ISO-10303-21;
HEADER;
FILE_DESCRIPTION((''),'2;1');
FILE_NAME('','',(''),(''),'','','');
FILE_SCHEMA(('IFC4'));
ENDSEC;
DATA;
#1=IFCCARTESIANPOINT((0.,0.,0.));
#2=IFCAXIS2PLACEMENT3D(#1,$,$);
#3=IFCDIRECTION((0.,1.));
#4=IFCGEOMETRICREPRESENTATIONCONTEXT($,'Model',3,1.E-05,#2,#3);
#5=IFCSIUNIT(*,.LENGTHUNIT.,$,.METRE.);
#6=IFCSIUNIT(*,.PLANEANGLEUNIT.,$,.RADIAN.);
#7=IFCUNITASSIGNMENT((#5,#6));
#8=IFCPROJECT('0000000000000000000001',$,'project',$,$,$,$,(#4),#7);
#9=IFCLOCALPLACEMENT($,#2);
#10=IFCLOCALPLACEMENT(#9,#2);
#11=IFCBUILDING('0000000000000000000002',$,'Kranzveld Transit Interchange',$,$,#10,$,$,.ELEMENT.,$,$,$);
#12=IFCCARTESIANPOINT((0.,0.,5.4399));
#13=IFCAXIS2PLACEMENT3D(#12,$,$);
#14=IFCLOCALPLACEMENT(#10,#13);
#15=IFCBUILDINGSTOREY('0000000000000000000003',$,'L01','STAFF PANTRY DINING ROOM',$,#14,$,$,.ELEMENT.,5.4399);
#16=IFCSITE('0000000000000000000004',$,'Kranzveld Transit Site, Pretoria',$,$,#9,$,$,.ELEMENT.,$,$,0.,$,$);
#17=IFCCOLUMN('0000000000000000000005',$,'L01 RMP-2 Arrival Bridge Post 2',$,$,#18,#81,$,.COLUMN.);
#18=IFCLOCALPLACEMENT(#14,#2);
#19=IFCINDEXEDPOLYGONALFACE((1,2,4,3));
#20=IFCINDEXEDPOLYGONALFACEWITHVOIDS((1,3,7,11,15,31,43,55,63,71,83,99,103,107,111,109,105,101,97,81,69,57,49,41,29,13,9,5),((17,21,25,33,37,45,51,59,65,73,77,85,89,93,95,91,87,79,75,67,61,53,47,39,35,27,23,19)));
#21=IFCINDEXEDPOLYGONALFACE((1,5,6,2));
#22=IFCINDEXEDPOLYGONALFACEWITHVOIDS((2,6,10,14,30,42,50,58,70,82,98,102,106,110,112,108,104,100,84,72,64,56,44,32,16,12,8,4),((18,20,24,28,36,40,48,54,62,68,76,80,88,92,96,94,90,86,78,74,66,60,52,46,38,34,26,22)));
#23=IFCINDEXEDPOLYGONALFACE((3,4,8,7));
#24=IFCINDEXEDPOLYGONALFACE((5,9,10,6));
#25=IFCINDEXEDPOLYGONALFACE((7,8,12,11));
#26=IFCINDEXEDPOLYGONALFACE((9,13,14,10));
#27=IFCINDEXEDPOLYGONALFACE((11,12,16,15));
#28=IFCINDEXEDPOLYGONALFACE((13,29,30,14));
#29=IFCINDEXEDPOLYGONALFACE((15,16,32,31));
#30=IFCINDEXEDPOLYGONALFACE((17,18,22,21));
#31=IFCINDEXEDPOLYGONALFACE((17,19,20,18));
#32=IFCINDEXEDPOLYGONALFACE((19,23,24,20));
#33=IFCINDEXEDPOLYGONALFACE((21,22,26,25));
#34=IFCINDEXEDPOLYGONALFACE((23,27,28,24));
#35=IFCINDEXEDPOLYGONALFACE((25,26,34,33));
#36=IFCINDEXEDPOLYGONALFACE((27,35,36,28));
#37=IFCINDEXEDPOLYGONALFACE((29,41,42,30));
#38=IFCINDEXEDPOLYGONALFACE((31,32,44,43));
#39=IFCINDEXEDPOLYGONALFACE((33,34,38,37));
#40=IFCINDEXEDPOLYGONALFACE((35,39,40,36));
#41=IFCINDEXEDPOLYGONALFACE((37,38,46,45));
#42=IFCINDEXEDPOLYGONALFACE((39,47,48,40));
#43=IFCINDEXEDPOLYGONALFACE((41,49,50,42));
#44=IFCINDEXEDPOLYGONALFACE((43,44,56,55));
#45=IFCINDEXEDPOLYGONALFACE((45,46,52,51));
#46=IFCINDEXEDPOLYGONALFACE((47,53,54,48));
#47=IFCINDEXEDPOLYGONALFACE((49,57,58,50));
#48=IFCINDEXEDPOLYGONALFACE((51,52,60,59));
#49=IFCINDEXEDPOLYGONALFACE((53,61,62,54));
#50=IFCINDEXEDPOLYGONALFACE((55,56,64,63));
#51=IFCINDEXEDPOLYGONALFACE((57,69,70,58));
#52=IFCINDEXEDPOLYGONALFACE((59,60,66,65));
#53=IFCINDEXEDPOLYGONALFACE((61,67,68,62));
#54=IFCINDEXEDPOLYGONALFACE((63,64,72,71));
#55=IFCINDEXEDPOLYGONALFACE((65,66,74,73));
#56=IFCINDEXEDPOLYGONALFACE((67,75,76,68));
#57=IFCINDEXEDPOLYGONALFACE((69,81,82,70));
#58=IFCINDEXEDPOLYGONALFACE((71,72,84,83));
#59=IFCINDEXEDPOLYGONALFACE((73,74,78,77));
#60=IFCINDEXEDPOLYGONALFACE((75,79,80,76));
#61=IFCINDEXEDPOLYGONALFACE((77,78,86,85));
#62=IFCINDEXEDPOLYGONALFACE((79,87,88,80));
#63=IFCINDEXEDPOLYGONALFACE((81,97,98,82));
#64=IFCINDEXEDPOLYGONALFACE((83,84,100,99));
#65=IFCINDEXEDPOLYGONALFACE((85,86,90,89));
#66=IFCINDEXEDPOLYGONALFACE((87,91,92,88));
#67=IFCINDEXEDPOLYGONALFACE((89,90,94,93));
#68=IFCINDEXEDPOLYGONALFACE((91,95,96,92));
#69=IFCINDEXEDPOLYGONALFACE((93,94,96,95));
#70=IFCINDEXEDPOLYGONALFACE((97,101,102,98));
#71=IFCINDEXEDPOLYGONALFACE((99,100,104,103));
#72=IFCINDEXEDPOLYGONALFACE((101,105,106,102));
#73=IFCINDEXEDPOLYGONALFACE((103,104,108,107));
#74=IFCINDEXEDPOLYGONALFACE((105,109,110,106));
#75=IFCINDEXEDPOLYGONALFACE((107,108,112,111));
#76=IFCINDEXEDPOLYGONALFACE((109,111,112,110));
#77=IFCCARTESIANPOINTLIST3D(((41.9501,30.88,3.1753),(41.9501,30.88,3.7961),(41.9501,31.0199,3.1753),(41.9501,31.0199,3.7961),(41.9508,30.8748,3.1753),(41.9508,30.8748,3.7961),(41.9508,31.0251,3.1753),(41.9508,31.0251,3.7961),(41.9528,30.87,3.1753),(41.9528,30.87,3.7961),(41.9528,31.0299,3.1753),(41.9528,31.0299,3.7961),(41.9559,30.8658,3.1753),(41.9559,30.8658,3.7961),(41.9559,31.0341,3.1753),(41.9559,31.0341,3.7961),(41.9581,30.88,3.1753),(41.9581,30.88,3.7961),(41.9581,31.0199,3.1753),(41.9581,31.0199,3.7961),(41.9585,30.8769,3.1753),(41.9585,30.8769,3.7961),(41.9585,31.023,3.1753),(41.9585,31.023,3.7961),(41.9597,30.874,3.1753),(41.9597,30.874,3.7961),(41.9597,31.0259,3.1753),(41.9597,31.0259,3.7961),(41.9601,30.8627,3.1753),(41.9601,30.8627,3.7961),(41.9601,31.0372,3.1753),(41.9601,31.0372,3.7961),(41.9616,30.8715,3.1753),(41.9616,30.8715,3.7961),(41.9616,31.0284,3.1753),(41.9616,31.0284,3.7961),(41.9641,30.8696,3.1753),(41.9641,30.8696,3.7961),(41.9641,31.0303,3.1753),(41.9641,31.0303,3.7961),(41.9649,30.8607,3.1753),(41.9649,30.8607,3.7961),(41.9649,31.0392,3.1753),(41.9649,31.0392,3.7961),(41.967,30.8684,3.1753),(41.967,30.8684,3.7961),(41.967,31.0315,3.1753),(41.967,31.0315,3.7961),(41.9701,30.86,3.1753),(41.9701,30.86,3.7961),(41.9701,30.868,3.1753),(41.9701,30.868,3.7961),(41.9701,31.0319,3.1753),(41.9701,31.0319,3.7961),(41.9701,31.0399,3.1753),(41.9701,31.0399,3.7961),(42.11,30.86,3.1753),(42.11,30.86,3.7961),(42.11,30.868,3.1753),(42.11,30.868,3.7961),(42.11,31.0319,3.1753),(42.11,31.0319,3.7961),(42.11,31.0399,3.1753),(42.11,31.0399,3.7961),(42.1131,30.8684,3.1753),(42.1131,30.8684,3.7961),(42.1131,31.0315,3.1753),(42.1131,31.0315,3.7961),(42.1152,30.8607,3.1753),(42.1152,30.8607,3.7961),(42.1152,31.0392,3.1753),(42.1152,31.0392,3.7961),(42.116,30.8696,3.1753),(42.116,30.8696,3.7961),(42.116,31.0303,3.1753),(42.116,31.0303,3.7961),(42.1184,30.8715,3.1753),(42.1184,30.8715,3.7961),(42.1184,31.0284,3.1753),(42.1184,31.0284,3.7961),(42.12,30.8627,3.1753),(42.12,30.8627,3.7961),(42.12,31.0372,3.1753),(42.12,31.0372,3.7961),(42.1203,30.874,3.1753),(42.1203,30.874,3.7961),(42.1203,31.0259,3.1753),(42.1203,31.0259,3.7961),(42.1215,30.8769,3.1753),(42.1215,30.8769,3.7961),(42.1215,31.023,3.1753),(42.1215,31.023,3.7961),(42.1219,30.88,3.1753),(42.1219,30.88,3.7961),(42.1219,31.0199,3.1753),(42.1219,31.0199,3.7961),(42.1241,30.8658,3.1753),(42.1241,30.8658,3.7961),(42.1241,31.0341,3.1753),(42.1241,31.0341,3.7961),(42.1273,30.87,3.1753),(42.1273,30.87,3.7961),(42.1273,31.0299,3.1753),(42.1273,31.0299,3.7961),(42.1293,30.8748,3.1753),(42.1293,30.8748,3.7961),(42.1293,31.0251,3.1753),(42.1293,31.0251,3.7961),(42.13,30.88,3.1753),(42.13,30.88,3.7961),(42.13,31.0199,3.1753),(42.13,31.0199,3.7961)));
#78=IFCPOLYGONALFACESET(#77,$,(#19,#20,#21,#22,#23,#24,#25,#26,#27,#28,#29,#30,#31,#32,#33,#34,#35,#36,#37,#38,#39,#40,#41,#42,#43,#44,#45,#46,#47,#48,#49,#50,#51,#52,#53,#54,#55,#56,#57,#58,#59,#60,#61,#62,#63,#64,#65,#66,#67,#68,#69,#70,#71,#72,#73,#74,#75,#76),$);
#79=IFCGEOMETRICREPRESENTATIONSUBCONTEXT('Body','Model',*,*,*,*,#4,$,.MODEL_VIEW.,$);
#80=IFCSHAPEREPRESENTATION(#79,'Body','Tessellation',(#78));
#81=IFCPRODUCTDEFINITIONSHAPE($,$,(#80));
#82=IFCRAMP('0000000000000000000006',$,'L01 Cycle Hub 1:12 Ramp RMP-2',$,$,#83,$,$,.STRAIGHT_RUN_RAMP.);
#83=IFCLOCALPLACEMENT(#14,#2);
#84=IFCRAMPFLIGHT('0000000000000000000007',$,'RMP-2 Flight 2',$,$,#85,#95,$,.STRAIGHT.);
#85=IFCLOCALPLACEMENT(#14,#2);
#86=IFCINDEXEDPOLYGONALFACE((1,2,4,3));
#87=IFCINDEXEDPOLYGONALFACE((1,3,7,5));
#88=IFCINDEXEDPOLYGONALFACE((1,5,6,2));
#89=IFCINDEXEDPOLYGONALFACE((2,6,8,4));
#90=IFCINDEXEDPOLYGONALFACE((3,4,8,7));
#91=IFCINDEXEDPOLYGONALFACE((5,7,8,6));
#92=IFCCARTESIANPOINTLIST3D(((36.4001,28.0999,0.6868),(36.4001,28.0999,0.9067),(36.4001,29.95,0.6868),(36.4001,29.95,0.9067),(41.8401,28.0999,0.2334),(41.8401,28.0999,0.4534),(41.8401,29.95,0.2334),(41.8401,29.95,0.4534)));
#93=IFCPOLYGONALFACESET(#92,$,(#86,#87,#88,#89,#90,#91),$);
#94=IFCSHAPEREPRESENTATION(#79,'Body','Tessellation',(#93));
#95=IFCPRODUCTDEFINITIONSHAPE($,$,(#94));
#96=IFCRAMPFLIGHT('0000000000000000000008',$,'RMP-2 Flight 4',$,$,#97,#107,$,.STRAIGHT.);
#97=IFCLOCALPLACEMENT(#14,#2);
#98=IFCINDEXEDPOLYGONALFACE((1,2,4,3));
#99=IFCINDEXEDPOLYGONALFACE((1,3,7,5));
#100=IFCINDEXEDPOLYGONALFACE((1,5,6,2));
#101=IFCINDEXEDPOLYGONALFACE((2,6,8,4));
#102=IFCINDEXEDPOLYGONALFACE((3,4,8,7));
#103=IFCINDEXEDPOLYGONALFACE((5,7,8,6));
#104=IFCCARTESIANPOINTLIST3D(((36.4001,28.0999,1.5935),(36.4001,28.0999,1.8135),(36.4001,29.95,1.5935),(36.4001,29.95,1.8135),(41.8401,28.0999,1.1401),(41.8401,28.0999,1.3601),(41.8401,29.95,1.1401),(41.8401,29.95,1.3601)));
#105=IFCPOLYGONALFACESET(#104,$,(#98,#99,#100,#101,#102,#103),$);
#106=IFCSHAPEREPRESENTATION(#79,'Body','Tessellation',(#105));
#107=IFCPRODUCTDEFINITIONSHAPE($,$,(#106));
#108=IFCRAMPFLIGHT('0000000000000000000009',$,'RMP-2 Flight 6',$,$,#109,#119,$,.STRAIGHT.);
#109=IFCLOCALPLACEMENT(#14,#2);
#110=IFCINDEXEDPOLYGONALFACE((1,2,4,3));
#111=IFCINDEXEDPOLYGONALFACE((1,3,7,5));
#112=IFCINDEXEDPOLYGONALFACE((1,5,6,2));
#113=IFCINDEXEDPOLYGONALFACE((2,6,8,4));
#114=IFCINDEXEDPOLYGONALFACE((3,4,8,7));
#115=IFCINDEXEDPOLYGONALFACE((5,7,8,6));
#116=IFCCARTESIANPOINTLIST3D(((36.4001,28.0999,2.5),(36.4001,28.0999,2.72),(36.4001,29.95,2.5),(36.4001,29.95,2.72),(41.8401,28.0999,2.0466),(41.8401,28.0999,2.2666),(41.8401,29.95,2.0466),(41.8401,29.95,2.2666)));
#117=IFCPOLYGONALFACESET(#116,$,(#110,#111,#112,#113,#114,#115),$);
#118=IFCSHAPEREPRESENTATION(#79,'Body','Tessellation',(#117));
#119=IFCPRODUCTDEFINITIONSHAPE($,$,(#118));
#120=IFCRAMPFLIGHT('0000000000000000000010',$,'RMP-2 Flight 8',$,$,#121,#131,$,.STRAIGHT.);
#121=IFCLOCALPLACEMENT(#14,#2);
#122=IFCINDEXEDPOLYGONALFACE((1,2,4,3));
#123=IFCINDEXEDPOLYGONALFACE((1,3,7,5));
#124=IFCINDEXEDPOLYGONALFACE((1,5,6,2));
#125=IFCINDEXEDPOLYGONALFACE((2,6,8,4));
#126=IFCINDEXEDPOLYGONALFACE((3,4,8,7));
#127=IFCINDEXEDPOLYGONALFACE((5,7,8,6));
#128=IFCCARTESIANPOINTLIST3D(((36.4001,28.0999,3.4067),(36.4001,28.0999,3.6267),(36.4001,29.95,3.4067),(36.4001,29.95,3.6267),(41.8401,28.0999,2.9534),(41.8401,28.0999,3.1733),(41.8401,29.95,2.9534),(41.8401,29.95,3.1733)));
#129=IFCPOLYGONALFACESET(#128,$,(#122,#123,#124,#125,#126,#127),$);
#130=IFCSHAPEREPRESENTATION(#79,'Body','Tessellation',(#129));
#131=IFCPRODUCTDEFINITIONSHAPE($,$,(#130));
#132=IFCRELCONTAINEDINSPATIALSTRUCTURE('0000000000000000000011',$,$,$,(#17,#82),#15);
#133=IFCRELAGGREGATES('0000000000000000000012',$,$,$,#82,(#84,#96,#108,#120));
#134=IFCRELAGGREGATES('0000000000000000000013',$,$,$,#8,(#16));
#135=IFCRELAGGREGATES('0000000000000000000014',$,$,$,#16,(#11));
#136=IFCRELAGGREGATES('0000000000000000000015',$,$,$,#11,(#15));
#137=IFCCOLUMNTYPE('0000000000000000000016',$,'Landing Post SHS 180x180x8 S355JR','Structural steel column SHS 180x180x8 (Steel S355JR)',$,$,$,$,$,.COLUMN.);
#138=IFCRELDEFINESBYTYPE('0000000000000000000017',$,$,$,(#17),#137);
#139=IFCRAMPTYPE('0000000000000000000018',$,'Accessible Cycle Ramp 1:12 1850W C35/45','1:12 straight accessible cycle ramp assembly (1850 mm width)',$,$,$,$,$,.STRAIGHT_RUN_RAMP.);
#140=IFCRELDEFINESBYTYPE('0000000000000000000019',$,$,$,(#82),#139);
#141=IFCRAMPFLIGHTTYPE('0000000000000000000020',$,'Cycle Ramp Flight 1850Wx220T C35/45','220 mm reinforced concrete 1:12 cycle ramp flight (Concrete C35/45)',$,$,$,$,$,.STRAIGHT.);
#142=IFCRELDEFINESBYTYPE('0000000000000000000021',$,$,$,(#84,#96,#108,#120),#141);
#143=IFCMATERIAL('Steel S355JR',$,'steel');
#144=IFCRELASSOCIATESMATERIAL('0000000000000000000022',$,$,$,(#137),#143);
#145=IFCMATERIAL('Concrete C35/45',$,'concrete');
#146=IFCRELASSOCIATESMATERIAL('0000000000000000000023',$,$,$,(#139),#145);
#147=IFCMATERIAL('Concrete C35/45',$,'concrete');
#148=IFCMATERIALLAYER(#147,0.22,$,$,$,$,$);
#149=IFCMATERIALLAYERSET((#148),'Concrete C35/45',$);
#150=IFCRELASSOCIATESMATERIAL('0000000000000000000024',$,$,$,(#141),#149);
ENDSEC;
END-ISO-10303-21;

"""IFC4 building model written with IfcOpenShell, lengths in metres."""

from ifc_helpers import new_model, si_unit, direction, frame, origin, origin_2d, place, context, subcontext, project, spatial, polyline, hollow_rectangle, outline, extrude, material, layer, layer_set, material_profile, profile_set, type_object, element, aggregate, save


model = new_model("IFC4")

# Units and contexts
model_context = context("Model", 3, precision=1e-05, world=origin(), true_north=direction((0.0, 1.0)))
body_context = subcontext(model_context, "Body", "Model", "MODEL_VIEW")
ifc_project = project(units=[si_unit("LENGTHUNIT", "METRE"), si_unit("PLANEANGLEUNIT", "RADIAN")], contexts=[model_context])

# Site, building, storey
site_placement = place(None, origin())
site = spatial("IfcSite", under=ifc_project, at=site_placement, Name="Kranzveld Transit Site, Pretoria", CompositionType="ELEMENT", RefElevation=0.0)
building_placement = place(site_placement, origin())
building = spatial("IfcBuilding", under=site, at=building_placement, Name="Kranzveld Transit Interchange", CompositionType="ELEMENT")
storey_placement = place(building_placement, frame((0.0, 0.0, 5.4399)))
storey = spatial("IfcBuildingStorey", under=building, at=storey_placement, Name="L01", Description="STAFF PANTRY DINING ROOM", CompositionType="ELEMENT", Elevation=5.4399)

# Column
ifc_material_1 = material(Name="Steel S355JR", Category="steel")
ifc_material_profile = material_profile(ifc_material_1, hollow_rectangle(XDim=0.1799, YDim=0.1799, WallThickness=0.0081, InnerFilletRadius=0.012, OuterFilletRadius=0.02, at=origin_2d()), Name="SHS 180x180x8")
ifc_profile_set = profile_set([ifc_material_profile], Name="Steel S355JR")
column_type = type_object("IfcColumnType", Name="Landing Post SHS 180x180x8 S355JR", Description="Structural steel column SHS 180x180x8 (Steel S355JR)", PredefinedType="COLUMN", material=ifc_profile_set)
column_1_placement = place(storey_placement, frame((42.04, 30.95, 3.1753), z_axis=(0.0, 0.0, 1.0), x_axis=(1.0, 0.0, 0.0)))
element("IfcColumn", 1, at=column_1_placement, inside=storey, type_object=column_type, Name="L01 RMP-2 Arrival Bridge Post 2", PredefinedType="COLUMN", context=body_context, shape_type="SweptSolid", body=[
    extrude(hollow_rectangle(XDim=0.1799, YDim=0.1799, WallThickness=0.0081, InnerFilletRadius=0.012, OuterFilletRadius=0.02, at=origin_2d()), origin(), (0.0, 0.0, 1.0), 0.6208),
])

# Ramp, ramp flights
ifc_material_2 = material(Name="Concrete C35/45", Category="concrete")
ramp_type = type_object("IfcRampType", Name="Accessible Cycle Ramp 1:12 1850W C35/45", Description="1:12 straight accessible cycle ramp assembly (1850 mm width)", PredefinedType="STRAIGHT_RUN_RAMP", material=ifc_material_2)
ramp_placement = place(storey_placement, origin())
ramp = element("IfcRamp", 2, at=ramp_placement, inside=storey, type_object=ramp_type, Name="L01 Cycle Hub 1:12 Ramp RMP-2", PredefinedType="STRAIGHT_RUN_RAMP")
ifc_material_3 = material(Name="Concrete C35/45", Category="concrete")
ifc_layer_1 = layer(ifc_material_3, 0.22)
ifc_layer_set_1 = layer_set([ifc_layer_1], Name="Concrete C35/45")
ramp_flight_type = type_object("IfcRampFlightType", Name="Cycle Ramp Flight 1850Wx220T C35/45", Description="220 mm reinforced concrete 1:12 cycle ramp flight (Concrete C35/45)", PredefinedType="STRAIGHT", material=ifc_layer_set_1)
ramp_flight_1_placement = place(storey_placement, frame((41.8401, 29.0249, 0.4534), z_axis=(0.0, 0.0, 1.0), x_axis=(-1.0, 0.0, 0.0)))
ramp_flight_1 = element("IfcRampFlight", 3, at=ramp_flight_1_placement, type_object=ramp_flight_type, Name="RMP-2 Flight 2", PredefinedType="STRAIGHT", context=body_context, shape_type="SweptSolid", body=[
    extrude(outline(polyline([(0.0, -0.22), (0.0, 0.0), (5.4399, 0.4534), (5.4399, 0.2334), (0.0, -0.22)])), frame((0.0, 0.925, 0.0), z_axis=(0.0, -1.0, 0.0), x_axis=(1.0, 0.0, 0.0)), (0.0, 0.0, 1.0), 1.8501),
])
ramp_flight_2_placement = place(storey_placement, frame((41.8401, 29.0249, 1.3601), z_axis=(0.0, 0.0, 1.0), x_axis=(-1.0, 0.0, 0.0)))
ramp_flight_2 = element("IfcRampFlight", 4, at=ramp_flight_2_placement, type_object=ramp_flight_type, Name="RMP-2 Flight 4", PredefinedType="STRAIGHT", context=body_context, shape_type="SweptSolid", body=[
    extrude(outline(polyline([(0.0, -0.22), (0.0, 0.0), (5.4399, 0.4534), (5.4399, 0.2334), (0.0, -0.22)])), frame((0.0, 0.925, 0.0), z_axis=(0.0, -1.0, 0.0), x_axis=(1.0, 0.0, 0.0)), (0.0, 0.0, 1.0), 1.8501),
])
ramp_flight_3_placement = place(storey_placement, frame((41.8401, 29.0249, 2.2666), z_axis=(0.0, 0.0, 1.0), x_axis=(-1.0, 0.0, 0.0)))
ramp_flight_3 = element("IfcRampFlight", 5, at=ramp_flight_3_placement, type_object=ramp_flight_type, Name="RMP-2 Flight 6", PredefinedType="STRAIGHT", context=body_context, shape_type="SweptSolid", body=[
    extrude(outline(polyline([(0.0, -0.22), (0.0, 0.0), (5.4399, 0.4534), (5.4399, 0.2334), (0.0, -0.22)])), frame((0.0, 0.925, 0.0), z_axis=(0.0, -1.0, 0.0), x_axis=(1.0, 0.0, 0.0)), (0.0, 0.0, 1.0), 1.8501),
])
ramp_flight_4_placement = place(storey_placement, frame((41.8401, 29.0249, 3.1733), z_axis=(0.0, 0.0, 1.0), x_axis=(-1.0, 0.0, 0.0)))
ramp_flight_4 = element("IfcRampFlight", 6, at=ramp_flight_4_placement, type_object=ramp_flight_type, Name="RMP-2 Flight 8", PredefinedType="STRAIGHT", context=body_context, shape_type="SweptSolid", body=[
    extrude(outline(polyline([(0.0, -0.22), (0.0, 0.0), (5.4399, 0.4534), (5.4399, 0.2334), (0.0, -0.22)])), frame((0.0, 0.925, 0.0), z_axis=(0.0, -1.0, 0.0), x_axis=(1.0, 0.0, 0.0)), (0.0, 0.0, 1.0), 1.8501),
])
aggregate(ramp, [ramp_flight_1, ramp_flight_2, ramp_flight_3, ramp_flight_4])

save(model, "model.ifc")
